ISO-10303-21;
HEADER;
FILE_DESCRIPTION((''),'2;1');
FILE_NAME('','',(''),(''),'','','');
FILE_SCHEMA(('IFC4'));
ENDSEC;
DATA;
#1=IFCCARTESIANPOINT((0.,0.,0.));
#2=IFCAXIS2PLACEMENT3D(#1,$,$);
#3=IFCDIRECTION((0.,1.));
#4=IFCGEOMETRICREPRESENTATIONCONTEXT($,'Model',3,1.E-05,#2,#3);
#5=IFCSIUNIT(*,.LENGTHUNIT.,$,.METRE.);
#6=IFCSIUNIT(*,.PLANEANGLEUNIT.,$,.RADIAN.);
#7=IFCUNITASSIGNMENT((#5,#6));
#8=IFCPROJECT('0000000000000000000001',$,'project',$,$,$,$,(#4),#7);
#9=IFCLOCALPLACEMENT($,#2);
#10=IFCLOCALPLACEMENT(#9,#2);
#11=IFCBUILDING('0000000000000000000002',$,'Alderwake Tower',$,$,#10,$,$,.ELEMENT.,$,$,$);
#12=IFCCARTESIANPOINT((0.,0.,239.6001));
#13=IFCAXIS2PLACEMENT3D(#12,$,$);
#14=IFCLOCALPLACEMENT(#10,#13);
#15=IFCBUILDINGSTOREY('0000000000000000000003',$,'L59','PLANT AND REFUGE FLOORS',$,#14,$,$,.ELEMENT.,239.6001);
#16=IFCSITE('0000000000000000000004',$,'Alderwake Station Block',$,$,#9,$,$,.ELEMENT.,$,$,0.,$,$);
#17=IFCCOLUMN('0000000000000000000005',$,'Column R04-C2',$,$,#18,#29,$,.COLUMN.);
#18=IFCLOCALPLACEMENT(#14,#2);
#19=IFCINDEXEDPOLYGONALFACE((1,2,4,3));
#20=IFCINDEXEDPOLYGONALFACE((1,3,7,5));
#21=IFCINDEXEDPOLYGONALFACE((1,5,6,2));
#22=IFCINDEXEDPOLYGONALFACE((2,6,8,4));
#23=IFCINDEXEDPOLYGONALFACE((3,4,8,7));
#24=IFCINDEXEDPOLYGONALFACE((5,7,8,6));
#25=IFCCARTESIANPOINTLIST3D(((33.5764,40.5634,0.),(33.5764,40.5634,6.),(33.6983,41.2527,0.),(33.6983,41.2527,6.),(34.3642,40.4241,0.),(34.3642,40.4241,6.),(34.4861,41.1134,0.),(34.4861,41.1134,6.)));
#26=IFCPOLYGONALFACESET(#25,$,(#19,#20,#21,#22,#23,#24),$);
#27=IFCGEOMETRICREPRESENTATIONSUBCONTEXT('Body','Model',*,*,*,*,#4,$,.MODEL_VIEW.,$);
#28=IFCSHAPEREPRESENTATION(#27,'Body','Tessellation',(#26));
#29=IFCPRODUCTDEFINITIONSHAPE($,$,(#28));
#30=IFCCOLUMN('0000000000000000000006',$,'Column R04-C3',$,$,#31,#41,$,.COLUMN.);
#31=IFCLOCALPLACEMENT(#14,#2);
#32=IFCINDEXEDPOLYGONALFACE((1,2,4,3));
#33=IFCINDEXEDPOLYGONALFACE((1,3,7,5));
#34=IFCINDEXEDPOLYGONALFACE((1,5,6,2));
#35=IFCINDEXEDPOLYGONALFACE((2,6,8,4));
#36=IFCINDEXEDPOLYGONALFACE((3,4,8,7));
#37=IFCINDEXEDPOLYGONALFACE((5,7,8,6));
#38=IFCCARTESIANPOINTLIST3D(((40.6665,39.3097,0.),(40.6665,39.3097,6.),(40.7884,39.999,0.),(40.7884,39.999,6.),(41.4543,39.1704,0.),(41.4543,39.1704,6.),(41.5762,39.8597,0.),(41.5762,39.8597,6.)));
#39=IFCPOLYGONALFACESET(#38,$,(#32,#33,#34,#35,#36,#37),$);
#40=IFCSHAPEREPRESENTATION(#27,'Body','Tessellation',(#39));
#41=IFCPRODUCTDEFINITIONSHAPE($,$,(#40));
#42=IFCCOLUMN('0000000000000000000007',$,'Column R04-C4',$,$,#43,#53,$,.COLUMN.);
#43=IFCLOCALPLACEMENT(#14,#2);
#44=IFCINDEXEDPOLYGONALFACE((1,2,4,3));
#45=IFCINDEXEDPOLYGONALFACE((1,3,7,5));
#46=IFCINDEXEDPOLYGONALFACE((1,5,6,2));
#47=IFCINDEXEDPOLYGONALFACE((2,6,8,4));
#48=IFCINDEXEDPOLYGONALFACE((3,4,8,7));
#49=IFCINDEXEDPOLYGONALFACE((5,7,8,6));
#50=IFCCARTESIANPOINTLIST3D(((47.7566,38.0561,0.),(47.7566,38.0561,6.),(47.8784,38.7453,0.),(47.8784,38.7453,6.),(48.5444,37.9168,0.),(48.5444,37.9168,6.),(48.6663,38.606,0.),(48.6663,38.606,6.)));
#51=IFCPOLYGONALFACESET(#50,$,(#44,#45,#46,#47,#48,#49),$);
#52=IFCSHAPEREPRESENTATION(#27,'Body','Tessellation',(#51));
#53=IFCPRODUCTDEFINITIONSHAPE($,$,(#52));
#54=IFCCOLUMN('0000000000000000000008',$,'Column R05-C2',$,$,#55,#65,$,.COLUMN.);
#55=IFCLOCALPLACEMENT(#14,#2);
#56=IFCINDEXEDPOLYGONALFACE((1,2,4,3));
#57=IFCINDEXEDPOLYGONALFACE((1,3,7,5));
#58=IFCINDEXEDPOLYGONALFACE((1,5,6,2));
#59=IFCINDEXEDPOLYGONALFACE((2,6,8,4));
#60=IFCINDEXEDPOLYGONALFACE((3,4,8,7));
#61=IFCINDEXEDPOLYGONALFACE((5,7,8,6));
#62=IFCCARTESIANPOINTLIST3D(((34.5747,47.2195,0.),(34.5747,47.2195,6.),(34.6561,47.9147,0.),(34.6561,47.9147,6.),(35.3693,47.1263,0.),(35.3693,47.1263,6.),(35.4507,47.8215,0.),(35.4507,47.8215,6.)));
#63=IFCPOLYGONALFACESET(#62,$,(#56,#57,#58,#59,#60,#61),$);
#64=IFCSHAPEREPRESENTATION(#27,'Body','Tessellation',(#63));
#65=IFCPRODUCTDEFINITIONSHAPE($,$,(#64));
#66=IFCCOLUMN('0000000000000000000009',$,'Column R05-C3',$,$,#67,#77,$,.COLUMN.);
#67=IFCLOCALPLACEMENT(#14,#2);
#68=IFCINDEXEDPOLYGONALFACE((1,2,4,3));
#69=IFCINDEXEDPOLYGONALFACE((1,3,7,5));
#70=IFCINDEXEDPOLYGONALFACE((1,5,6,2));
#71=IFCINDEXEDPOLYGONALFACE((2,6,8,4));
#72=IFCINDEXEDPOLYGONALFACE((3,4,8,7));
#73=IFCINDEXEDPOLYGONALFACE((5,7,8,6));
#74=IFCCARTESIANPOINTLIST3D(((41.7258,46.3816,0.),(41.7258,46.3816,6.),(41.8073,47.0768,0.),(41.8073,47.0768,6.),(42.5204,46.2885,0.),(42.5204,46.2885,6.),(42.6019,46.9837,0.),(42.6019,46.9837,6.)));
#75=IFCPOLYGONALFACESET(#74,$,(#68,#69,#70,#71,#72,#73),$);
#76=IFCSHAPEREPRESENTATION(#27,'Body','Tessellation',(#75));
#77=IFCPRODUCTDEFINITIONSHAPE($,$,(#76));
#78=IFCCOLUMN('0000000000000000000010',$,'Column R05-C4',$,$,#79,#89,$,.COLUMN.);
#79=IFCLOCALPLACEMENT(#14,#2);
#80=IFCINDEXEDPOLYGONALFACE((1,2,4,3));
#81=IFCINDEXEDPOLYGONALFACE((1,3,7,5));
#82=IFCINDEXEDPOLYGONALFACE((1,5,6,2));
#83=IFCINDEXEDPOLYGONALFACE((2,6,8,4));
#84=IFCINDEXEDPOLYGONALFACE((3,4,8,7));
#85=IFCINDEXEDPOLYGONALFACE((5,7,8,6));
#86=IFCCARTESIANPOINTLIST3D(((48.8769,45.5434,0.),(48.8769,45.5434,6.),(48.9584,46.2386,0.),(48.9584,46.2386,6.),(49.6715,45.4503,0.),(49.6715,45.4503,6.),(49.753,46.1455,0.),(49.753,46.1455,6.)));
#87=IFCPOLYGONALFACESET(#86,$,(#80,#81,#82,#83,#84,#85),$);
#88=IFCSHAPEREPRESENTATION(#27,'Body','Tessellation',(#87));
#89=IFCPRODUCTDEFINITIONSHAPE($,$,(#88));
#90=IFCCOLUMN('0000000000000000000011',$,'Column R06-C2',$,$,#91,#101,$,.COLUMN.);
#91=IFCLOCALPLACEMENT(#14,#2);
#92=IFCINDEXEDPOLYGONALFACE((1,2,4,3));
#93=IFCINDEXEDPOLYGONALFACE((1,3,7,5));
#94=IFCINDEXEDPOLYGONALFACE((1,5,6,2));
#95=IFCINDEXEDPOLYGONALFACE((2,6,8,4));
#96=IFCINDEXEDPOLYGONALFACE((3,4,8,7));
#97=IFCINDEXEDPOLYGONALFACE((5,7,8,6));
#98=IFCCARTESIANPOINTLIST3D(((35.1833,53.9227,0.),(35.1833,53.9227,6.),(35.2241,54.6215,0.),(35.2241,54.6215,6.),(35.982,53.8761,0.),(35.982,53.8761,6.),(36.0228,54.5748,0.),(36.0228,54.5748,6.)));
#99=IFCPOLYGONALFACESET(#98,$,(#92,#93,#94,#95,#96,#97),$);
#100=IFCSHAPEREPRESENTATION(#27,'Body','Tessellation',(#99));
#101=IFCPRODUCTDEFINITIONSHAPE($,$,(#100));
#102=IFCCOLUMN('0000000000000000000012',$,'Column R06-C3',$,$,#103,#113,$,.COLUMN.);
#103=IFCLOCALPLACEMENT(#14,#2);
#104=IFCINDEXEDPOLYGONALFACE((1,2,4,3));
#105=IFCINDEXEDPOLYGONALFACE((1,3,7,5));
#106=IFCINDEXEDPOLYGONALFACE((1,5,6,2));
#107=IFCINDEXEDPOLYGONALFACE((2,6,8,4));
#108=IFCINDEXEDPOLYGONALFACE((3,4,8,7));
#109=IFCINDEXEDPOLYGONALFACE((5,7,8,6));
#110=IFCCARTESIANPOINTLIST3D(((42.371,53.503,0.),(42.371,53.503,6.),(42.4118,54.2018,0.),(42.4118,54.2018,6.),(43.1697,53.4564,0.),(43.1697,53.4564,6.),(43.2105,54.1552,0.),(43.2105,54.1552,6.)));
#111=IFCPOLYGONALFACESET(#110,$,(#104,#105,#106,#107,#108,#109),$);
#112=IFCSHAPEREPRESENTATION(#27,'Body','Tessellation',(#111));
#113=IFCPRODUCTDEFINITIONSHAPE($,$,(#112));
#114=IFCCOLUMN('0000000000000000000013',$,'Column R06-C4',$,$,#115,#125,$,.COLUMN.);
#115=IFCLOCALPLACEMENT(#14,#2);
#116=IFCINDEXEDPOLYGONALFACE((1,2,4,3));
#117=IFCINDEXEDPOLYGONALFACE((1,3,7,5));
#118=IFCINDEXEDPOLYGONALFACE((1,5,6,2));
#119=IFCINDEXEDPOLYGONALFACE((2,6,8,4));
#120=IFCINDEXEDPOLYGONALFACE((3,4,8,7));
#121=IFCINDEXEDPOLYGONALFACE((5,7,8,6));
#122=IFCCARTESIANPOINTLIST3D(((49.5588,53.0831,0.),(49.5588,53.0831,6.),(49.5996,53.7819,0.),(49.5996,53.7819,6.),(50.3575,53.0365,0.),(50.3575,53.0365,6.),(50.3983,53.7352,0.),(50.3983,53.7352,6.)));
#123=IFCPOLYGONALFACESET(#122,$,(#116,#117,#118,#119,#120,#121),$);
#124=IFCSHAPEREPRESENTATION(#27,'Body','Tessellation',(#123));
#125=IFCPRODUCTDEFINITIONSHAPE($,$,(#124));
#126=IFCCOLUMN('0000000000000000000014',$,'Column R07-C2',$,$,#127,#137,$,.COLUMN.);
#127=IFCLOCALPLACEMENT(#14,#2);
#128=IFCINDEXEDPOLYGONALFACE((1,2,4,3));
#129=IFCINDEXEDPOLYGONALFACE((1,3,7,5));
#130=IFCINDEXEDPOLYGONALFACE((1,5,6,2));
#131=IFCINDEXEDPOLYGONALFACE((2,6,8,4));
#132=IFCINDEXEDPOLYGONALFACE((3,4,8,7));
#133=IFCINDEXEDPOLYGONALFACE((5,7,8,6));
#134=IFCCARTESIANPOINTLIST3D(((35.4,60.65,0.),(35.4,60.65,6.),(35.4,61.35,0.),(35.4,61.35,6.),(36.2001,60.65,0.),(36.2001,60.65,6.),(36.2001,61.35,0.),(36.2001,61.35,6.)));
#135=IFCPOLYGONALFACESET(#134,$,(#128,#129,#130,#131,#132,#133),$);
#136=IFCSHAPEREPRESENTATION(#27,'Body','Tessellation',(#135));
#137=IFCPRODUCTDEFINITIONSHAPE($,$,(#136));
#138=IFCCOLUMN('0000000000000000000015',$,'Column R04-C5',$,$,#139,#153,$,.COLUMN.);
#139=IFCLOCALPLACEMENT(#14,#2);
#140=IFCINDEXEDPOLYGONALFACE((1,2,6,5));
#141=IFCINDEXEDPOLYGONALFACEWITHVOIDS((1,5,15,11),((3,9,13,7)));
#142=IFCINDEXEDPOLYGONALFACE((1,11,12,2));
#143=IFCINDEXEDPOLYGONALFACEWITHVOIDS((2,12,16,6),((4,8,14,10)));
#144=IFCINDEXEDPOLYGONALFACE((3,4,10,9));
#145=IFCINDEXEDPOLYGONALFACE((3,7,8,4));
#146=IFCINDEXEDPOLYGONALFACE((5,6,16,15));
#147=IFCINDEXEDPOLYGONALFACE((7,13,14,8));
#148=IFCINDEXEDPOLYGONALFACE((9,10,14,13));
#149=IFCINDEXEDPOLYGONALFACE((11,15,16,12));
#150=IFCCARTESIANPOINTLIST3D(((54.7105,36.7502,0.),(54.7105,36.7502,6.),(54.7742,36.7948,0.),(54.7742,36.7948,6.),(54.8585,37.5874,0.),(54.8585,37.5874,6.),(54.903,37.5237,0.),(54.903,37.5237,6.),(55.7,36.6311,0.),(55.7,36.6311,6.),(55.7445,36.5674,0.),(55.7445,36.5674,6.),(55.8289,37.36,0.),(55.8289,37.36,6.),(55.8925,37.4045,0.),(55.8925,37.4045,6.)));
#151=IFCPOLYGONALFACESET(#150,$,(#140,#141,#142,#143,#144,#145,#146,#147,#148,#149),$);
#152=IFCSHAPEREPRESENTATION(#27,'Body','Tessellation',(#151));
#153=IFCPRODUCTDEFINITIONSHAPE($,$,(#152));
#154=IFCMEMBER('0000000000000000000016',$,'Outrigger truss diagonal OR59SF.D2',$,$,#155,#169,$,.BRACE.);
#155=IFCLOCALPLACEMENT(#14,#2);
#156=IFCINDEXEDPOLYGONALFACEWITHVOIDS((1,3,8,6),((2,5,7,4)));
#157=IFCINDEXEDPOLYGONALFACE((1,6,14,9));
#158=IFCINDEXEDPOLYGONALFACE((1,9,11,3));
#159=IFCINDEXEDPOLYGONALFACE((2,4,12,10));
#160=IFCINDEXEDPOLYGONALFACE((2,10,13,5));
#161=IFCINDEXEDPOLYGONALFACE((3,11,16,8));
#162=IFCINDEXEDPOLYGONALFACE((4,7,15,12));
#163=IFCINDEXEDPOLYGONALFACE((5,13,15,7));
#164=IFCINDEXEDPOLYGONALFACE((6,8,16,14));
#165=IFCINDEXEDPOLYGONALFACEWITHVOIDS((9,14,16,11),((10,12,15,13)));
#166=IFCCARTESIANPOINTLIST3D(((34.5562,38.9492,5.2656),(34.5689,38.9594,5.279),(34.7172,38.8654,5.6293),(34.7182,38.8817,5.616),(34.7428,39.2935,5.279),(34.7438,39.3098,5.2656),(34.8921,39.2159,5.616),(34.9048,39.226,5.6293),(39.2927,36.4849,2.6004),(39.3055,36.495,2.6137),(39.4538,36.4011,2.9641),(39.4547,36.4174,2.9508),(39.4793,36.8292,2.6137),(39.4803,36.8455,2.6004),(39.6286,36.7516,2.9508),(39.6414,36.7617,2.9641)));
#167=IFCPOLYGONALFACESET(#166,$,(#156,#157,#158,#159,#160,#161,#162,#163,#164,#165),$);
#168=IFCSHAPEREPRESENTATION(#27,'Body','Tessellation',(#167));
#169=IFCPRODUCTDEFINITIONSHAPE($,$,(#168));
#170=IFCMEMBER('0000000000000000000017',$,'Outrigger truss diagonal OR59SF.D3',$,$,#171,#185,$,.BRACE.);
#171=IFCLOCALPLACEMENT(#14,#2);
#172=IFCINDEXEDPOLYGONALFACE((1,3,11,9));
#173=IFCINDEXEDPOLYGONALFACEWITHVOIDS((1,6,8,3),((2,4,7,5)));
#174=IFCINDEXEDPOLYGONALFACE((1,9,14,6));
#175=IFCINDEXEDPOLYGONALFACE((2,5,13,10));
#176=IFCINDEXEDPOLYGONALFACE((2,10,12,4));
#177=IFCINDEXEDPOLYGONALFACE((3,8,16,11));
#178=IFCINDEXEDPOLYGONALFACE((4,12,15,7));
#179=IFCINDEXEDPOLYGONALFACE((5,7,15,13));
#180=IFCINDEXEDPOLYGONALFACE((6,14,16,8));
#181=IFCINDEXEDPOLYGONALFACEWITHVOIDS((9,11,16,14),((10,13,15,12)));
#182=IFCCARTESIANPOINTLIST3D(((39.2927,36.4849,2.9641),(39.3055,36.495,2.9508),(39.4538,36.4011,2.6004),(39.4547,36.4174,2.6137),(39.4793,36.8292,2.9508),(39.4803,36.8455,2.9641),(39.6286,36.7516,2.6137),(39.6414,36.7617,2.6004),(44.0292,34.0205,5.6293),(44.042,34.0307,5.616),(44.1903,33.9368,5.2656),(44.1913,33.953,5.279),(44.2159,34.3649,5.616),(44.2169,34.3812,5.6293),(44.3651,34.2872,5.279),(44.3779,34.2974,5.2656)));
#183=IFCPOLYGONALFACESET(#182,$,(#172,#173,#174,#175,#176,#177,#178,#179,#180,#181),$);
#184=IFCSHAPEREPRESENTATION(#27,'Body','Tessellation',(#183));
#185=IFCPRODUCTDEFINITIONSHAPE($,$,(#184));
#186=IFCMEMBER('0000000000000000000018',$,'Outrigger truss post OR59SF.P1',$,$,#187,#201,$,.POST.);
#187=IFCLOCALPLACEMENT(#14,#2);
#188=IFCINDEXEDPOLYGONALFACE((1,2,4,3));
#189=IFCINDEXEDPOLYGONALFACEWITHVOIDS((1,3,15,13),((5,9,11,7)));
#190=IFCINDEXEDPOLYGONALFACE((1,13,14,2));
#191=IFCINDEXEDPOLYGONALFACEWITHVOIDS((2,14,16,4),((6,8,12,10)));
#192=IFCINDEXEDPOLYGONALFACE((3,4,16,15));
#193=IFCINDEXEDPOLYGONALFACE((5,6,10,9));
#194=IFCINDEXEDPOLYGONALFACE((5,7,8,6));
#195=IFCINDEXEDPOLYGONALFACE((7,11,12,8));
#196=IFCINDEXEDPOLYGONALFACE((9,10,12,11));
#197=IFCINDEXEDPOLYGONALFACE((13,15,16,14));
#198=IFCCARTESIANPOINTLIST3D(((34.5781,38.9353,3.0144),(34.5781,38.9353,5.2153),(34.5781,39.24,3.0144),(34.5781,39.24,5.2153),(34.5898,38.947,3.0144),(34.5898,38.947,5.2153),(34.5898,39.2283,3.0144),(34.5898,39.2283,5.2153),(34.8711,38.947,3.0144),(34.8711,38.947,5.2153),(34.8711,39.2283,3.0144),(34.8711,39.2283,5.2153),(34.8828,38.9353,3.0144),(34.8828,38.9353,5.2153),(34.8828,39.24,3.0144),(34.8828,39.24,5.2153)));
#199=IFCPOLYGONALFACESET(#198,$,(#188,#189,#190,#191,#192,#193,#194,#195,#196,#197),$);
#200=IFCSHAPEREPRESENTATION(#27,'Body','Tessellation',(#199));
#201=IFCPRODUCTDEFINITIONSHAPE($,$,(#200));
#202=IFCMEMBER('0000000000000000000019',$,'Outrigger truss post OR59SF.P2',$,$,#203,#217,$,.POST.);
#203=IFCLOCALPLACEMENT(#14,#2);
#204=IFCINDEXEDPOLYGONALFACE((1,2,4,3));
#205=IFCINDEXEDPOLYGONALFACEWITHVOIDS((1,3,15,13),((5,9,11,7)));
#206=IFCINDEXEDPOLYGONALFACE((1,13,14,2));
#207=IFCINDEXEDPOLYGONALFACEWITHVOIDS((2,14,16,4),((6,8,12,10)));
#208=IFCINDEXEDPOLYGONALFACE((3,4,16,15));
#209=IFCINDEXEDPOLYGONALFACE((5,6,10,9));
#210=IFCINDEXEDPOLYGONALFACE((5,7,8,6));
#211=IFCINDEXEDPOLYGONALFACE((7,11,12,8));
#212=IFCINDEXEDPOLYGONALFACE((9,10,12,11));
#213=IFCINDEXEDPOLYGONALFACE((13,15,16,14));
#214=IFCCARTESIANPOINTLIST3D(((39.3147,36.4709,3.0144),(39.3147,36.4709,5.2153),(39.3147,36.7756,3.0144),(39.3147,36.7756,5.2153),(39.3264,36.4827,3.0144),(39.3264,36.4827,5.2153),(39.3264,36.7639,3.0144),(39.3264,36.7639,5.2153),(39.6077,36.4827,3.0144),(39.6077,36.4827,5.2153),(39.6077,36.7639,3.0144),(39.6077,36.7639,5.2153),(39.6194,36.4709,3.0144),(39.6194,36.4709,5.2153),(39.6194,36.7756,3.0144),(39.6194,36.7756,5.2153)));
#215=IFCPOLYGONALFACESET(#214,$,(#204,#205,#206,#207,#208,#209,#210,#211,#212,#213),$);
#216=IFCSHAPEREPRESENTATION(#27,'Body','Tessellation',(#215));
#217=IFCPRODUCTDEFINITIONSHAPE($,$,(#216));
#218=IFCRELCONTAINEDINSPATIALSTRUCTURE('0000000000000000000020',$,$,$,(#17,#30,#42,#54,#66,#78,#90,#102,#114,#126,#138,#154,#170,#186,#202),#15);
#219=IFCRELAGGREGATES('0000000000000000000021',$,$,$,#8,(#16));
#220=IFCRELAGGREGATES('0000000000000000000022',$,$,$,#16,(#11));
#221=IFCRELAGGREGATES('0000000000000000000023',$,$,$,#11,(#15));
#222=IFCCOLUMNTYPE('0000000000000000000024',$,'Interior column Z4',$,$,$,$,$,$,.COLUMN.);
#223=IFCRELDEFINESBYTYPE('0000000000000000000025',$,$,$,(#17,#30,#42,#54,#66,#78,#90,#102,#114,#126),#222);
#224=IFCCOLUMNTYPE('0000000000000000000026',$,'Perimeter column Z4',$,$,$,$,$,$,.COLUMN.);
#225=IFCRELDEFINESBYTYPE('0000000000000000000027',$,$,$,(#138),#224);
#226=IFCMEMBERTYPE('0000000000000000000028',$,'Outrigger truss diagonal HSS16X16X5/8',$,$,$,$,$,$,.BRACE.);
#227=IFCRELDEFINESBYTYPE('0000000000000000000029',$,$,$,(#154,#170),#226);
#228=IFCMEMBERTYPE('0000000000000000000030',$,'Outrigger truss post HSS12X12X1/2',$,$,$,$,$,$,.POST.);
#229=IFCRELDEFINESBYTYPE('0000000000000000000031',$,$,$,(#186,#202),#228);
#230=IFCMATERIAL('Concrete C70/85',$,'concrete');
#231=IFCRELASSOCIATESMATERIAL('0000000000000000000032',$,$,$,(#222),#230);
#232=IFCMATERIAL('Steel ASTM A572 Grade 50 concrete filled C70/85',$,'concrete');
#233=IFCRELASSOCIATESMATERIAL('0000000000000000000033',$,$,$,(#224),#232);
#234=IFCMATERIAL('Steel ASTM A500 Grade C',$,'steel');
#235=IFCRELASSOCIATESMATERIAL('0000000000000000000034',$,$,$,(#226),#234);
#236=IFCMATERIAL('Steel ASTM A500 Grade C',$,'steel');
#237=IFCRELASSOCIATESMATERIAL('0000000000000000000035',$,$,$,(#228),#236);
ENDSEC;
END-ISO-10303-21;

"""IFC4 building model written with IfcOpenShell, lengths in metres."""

from ifc_helpers import new_model, si_unit, direction, frame, origin, origin_2d, place, context, subcontext, project, spatial, rectangle, hollow_rectangle, extrude, material, material_profile, profile_set, type_object, element, save


model = new_model("IFC4")

# Units and contexts
model_context = context("Model", 3, precision=1e-05, world=origin(), true_north=direction((0.0, 1.0)))
body_context = subcontext(model_context, "Body", "Model", "MODEL_VIEW")
ifc_project = project(units=[si_unit("LENGTHUNIT", "METRE"), si_unit("PLANEANGLEUNIT", "RADIAN")], contexts=[model_context])

# Site, building, storey
site_placement = place(None, origin())
site = spatial("IfcSite", under=ifc_project, at=site_placement, Name="Alderwake Station Block", CompositionType="ELEMENT", RefElevation=0.0)
building_placement = place(site_placement, origin())
building = spatial("IfcBuilding", under=site, at=building_placement, Name="Alderwake Tower", CompositionType="ELEMENT")
storey_placement = place(building_placement, frame((0.0, 0.0, 239.6001)))
storey = spatial("IfcBuildingStorey", under=building, at=storey_placement, Name="L59", Description="PLANT AND REFUGE FLOORS", CompositionType="ELEMENT", Elevation=239.6001)

# Columns
ifc_material_1 = material(Name="Concrete C70/85", Category="concrete")
ifc_material_profile_1 = material_profile(ifc_material_1, rectangle(XDim=0.7, YDim=0.8, at=origin_2d()), Name="RC 800X700")
ifc_profile_set_1 = profile_set([ifc_material_profile_1], Name="Concrete C70/85")
column_type_1 = type_object("IfcColumnType", Name="Interior column Z4", PredefinedType="COLUMN", material=ifc_profile_set_1)
for number, where, z_axis, x_axis, name in (
    (1, (34.0312, 40.8384, 0.0), (0.0, 0.0, 1.0), (0.174109, 0.984726, 0.0), "Column R04-C2"),
    (2, (41.1213, 39.5847, 0.0), (0.0, 0.0, 1.0), (0.174109, 0.984726, 0.0), "Column R04-C3"),
    (3, (48.2114, 38.3311, 0.0), (0.0, 0.0, 1.0), (0.174109, 0.984726, 0.0), "Column R04-C4"),
    (4, (35.0127, 47.5205, 0.0), (0.0, 0.0, 1.0), (0.116402, 0.993202, 0.0), "Column R05-C2"),
    (5, (42.1638, 46.6826, 0.0), (0.0, 0.0, 1.0), (0.116402, 0.993202, 0.0), "Column R05-C3"),
    (6, (49.3149, 45.8445, 0.0), (0.0, 0.0, 1.0), (0.116402, 0.993202, 0.0), "Column R05-C4"),
    (7, (35.603, 54.2488, 0.0), (0.0, 0.0, 1.0), (0.058301, 0.998299, 0.0), "Column R06-C2"),
    (8, (42.7908, 53.8291, 0.0), (0.0, 0.0, 1.0), (0.058299, 0.998299, 0.0), "Column R06-C3"),
    (9, (49.9785, 53.4092, 0.0), (0.0, 0.0, 1.0), (0.058301, 0.998299, 0.0), "Column R06-C4"),
    (10, (35.8, 61.0, 0.0), (0.0, 0.0, 1.0), (0.0, 1.0, 0.0), "Column R07-C2"),
):
    element("IfcColumn", number, at=place(storey_placement, frame(where, z_axis=z_axis, x_axis=x_axis)), inside=storey, type_object=column_type_1, Name=name, PredefinedType="COLUMN", context=body_context, shape_type="SweptSolid", body=[
        extrude(rectangle(XDim=0.7, YDim=0.8, at=origin_2d()), origin(), (0.0, 0.0, 1.0), 6.0),
    ])
ifc_material_2 = material(Name="Steel ASTM A572 Grade 50 concrete filled C70/85", Category="concrete")
ifc_material_profile_2 = material_profile(ifc_material_2, hollow_rectangle(XDim=0.8501, YDim=1.05, WallThickness=0.0549, at=origin_2d()), Name="BOX 1050X850X55")
ifc_profile_set_2 = profile_set([ifc_material_profile_2], Name="Steel ASTM A572 Grade 50 concrete filled C70/85")
column_type_2 = type_object("IfcColumnType", Name="Perimeter column Z4", PredefinedType="COLUMN", material=ifc_profile_set_2)
column_placement = place(storey_placement, frame((55.3015, 37.0774, 0.0), z_axis=(0.0, 0.0, 1.0), x_axis=(0.174109, 0.984726, 0.0)))
element("IfcColumn", 11, at=column_placement, inside=storey, type_object=column_type_2, Name="Column R04-C5", PredefinedType="COLUMN", context=body_context, shape_type="SweptSolid", body=[
    extrude(hollow_rectangle(XDim=0.8501, YDim=1.05, WallThickness=0.0549, at=origin_2d()), origin(), (0.0, 0.0, 1.0), 6.0),
])

# Members
ifc_material_3 = material(Name="Steel ASTM A500 Grade C", Category="steel")
ifc_material_profile_3 = material_profile(ifc_material_3, hollow_rectangle(XDim=0.4065, YDim=0.4065, WallThickness=0.0149, at=origin_2d()), Name="HSS16X16X5/8")
ifc_profile_set_3 = profile_set([ifc_material_profile_3], Name="Steel ASTM A500 Grade C")
member_type_1 = type_object("IfcMemberType", Name="Outrigger truss diagonal HSS16X16X5/8", PredefinedType="BRACE", material=ifc_profile_set_3)
for number, where, z_axis, x_axis, name in (
    (12, (39.467, 36.6233, 2.7822), (-0.793719, 0.412958, 0.446628), (-0.46155, -0.887114, 0.0), "Outrigger truss diagonal OR59SF.D2"),
    (13, (39.467, 36.6233, 2.7822), (0.793719, -0.412958, 0.446628), (0.46155, 0.887114, 0.0), "Outrigger truss diagonal OR59SF.D3"),
):
    element("IfcMember", number, at=place(storey_placement, frame(where, z_axis=z_axis, x_axis=x_axis)), inside=storey, type_object=member_type_1, Name=name, PredefinedType="BRACE", context=body_context, shape_type="SweptSolid", body=[
        extrude(hollow_rectangle(XDim=0.4065, YDim=0.4065, WallThickness=0.0149, at=origin_2d()), origin(), (0.0, 0.0, 1.0), 5.9675),
    ])
ifc_material_4 = material(Name="Steel ASTM A500 Grade C", Category="steel")
ifc_material_profile_4 = material_profile(ifc_material_4, hollow_rectangle(XDim=0.3047, YDim=0.3047, WallThickness=0.0117, at=origin_2d()), Name="HSS12X12X1/2")
ifc_profile_set_4 = profile_set([ifc_material_profile_4], Name="Steel ASTM A500 Grade C")
member_type_2 = type_object("IfcMemberType", Name="Outrigger truss post HSS12X12X1/2", PredefinedType="POST", material=ifc_profile_set_4)
for number, where, z_axis, x_axis, name in (
    (14, (34.7305, 39.0876, 3.0144), (0.0, 0.0, 1.0), (1.0, 0.0, 0.0), "Outrigger truss post OR59SF.P1"),
    (15, (39.467, 36.6233, 3.0144), (0.0, 0.0, 1.0), (1.0, 0.0, 0.0), "Outrigger truss post OR59SF.P2"),
):
    element("IfcMember", number, at=place(storey_placement, frame(where, z_axis=z_axis, x_axis=x_axis)), inside=storey, type_object=member_type_2, Name=name, PredefinedType="POST", context=body_context, shape_type="SweptSolid", body=[
        extrude(hollow_rectangle(XDim=0.3047, YDim=0.3047, WallThickness=0.0117, at=origin_2d()), origin(), (0.0, 0.0, 1.0), 2.2009),
    ])

save(model, "model.ifc")
